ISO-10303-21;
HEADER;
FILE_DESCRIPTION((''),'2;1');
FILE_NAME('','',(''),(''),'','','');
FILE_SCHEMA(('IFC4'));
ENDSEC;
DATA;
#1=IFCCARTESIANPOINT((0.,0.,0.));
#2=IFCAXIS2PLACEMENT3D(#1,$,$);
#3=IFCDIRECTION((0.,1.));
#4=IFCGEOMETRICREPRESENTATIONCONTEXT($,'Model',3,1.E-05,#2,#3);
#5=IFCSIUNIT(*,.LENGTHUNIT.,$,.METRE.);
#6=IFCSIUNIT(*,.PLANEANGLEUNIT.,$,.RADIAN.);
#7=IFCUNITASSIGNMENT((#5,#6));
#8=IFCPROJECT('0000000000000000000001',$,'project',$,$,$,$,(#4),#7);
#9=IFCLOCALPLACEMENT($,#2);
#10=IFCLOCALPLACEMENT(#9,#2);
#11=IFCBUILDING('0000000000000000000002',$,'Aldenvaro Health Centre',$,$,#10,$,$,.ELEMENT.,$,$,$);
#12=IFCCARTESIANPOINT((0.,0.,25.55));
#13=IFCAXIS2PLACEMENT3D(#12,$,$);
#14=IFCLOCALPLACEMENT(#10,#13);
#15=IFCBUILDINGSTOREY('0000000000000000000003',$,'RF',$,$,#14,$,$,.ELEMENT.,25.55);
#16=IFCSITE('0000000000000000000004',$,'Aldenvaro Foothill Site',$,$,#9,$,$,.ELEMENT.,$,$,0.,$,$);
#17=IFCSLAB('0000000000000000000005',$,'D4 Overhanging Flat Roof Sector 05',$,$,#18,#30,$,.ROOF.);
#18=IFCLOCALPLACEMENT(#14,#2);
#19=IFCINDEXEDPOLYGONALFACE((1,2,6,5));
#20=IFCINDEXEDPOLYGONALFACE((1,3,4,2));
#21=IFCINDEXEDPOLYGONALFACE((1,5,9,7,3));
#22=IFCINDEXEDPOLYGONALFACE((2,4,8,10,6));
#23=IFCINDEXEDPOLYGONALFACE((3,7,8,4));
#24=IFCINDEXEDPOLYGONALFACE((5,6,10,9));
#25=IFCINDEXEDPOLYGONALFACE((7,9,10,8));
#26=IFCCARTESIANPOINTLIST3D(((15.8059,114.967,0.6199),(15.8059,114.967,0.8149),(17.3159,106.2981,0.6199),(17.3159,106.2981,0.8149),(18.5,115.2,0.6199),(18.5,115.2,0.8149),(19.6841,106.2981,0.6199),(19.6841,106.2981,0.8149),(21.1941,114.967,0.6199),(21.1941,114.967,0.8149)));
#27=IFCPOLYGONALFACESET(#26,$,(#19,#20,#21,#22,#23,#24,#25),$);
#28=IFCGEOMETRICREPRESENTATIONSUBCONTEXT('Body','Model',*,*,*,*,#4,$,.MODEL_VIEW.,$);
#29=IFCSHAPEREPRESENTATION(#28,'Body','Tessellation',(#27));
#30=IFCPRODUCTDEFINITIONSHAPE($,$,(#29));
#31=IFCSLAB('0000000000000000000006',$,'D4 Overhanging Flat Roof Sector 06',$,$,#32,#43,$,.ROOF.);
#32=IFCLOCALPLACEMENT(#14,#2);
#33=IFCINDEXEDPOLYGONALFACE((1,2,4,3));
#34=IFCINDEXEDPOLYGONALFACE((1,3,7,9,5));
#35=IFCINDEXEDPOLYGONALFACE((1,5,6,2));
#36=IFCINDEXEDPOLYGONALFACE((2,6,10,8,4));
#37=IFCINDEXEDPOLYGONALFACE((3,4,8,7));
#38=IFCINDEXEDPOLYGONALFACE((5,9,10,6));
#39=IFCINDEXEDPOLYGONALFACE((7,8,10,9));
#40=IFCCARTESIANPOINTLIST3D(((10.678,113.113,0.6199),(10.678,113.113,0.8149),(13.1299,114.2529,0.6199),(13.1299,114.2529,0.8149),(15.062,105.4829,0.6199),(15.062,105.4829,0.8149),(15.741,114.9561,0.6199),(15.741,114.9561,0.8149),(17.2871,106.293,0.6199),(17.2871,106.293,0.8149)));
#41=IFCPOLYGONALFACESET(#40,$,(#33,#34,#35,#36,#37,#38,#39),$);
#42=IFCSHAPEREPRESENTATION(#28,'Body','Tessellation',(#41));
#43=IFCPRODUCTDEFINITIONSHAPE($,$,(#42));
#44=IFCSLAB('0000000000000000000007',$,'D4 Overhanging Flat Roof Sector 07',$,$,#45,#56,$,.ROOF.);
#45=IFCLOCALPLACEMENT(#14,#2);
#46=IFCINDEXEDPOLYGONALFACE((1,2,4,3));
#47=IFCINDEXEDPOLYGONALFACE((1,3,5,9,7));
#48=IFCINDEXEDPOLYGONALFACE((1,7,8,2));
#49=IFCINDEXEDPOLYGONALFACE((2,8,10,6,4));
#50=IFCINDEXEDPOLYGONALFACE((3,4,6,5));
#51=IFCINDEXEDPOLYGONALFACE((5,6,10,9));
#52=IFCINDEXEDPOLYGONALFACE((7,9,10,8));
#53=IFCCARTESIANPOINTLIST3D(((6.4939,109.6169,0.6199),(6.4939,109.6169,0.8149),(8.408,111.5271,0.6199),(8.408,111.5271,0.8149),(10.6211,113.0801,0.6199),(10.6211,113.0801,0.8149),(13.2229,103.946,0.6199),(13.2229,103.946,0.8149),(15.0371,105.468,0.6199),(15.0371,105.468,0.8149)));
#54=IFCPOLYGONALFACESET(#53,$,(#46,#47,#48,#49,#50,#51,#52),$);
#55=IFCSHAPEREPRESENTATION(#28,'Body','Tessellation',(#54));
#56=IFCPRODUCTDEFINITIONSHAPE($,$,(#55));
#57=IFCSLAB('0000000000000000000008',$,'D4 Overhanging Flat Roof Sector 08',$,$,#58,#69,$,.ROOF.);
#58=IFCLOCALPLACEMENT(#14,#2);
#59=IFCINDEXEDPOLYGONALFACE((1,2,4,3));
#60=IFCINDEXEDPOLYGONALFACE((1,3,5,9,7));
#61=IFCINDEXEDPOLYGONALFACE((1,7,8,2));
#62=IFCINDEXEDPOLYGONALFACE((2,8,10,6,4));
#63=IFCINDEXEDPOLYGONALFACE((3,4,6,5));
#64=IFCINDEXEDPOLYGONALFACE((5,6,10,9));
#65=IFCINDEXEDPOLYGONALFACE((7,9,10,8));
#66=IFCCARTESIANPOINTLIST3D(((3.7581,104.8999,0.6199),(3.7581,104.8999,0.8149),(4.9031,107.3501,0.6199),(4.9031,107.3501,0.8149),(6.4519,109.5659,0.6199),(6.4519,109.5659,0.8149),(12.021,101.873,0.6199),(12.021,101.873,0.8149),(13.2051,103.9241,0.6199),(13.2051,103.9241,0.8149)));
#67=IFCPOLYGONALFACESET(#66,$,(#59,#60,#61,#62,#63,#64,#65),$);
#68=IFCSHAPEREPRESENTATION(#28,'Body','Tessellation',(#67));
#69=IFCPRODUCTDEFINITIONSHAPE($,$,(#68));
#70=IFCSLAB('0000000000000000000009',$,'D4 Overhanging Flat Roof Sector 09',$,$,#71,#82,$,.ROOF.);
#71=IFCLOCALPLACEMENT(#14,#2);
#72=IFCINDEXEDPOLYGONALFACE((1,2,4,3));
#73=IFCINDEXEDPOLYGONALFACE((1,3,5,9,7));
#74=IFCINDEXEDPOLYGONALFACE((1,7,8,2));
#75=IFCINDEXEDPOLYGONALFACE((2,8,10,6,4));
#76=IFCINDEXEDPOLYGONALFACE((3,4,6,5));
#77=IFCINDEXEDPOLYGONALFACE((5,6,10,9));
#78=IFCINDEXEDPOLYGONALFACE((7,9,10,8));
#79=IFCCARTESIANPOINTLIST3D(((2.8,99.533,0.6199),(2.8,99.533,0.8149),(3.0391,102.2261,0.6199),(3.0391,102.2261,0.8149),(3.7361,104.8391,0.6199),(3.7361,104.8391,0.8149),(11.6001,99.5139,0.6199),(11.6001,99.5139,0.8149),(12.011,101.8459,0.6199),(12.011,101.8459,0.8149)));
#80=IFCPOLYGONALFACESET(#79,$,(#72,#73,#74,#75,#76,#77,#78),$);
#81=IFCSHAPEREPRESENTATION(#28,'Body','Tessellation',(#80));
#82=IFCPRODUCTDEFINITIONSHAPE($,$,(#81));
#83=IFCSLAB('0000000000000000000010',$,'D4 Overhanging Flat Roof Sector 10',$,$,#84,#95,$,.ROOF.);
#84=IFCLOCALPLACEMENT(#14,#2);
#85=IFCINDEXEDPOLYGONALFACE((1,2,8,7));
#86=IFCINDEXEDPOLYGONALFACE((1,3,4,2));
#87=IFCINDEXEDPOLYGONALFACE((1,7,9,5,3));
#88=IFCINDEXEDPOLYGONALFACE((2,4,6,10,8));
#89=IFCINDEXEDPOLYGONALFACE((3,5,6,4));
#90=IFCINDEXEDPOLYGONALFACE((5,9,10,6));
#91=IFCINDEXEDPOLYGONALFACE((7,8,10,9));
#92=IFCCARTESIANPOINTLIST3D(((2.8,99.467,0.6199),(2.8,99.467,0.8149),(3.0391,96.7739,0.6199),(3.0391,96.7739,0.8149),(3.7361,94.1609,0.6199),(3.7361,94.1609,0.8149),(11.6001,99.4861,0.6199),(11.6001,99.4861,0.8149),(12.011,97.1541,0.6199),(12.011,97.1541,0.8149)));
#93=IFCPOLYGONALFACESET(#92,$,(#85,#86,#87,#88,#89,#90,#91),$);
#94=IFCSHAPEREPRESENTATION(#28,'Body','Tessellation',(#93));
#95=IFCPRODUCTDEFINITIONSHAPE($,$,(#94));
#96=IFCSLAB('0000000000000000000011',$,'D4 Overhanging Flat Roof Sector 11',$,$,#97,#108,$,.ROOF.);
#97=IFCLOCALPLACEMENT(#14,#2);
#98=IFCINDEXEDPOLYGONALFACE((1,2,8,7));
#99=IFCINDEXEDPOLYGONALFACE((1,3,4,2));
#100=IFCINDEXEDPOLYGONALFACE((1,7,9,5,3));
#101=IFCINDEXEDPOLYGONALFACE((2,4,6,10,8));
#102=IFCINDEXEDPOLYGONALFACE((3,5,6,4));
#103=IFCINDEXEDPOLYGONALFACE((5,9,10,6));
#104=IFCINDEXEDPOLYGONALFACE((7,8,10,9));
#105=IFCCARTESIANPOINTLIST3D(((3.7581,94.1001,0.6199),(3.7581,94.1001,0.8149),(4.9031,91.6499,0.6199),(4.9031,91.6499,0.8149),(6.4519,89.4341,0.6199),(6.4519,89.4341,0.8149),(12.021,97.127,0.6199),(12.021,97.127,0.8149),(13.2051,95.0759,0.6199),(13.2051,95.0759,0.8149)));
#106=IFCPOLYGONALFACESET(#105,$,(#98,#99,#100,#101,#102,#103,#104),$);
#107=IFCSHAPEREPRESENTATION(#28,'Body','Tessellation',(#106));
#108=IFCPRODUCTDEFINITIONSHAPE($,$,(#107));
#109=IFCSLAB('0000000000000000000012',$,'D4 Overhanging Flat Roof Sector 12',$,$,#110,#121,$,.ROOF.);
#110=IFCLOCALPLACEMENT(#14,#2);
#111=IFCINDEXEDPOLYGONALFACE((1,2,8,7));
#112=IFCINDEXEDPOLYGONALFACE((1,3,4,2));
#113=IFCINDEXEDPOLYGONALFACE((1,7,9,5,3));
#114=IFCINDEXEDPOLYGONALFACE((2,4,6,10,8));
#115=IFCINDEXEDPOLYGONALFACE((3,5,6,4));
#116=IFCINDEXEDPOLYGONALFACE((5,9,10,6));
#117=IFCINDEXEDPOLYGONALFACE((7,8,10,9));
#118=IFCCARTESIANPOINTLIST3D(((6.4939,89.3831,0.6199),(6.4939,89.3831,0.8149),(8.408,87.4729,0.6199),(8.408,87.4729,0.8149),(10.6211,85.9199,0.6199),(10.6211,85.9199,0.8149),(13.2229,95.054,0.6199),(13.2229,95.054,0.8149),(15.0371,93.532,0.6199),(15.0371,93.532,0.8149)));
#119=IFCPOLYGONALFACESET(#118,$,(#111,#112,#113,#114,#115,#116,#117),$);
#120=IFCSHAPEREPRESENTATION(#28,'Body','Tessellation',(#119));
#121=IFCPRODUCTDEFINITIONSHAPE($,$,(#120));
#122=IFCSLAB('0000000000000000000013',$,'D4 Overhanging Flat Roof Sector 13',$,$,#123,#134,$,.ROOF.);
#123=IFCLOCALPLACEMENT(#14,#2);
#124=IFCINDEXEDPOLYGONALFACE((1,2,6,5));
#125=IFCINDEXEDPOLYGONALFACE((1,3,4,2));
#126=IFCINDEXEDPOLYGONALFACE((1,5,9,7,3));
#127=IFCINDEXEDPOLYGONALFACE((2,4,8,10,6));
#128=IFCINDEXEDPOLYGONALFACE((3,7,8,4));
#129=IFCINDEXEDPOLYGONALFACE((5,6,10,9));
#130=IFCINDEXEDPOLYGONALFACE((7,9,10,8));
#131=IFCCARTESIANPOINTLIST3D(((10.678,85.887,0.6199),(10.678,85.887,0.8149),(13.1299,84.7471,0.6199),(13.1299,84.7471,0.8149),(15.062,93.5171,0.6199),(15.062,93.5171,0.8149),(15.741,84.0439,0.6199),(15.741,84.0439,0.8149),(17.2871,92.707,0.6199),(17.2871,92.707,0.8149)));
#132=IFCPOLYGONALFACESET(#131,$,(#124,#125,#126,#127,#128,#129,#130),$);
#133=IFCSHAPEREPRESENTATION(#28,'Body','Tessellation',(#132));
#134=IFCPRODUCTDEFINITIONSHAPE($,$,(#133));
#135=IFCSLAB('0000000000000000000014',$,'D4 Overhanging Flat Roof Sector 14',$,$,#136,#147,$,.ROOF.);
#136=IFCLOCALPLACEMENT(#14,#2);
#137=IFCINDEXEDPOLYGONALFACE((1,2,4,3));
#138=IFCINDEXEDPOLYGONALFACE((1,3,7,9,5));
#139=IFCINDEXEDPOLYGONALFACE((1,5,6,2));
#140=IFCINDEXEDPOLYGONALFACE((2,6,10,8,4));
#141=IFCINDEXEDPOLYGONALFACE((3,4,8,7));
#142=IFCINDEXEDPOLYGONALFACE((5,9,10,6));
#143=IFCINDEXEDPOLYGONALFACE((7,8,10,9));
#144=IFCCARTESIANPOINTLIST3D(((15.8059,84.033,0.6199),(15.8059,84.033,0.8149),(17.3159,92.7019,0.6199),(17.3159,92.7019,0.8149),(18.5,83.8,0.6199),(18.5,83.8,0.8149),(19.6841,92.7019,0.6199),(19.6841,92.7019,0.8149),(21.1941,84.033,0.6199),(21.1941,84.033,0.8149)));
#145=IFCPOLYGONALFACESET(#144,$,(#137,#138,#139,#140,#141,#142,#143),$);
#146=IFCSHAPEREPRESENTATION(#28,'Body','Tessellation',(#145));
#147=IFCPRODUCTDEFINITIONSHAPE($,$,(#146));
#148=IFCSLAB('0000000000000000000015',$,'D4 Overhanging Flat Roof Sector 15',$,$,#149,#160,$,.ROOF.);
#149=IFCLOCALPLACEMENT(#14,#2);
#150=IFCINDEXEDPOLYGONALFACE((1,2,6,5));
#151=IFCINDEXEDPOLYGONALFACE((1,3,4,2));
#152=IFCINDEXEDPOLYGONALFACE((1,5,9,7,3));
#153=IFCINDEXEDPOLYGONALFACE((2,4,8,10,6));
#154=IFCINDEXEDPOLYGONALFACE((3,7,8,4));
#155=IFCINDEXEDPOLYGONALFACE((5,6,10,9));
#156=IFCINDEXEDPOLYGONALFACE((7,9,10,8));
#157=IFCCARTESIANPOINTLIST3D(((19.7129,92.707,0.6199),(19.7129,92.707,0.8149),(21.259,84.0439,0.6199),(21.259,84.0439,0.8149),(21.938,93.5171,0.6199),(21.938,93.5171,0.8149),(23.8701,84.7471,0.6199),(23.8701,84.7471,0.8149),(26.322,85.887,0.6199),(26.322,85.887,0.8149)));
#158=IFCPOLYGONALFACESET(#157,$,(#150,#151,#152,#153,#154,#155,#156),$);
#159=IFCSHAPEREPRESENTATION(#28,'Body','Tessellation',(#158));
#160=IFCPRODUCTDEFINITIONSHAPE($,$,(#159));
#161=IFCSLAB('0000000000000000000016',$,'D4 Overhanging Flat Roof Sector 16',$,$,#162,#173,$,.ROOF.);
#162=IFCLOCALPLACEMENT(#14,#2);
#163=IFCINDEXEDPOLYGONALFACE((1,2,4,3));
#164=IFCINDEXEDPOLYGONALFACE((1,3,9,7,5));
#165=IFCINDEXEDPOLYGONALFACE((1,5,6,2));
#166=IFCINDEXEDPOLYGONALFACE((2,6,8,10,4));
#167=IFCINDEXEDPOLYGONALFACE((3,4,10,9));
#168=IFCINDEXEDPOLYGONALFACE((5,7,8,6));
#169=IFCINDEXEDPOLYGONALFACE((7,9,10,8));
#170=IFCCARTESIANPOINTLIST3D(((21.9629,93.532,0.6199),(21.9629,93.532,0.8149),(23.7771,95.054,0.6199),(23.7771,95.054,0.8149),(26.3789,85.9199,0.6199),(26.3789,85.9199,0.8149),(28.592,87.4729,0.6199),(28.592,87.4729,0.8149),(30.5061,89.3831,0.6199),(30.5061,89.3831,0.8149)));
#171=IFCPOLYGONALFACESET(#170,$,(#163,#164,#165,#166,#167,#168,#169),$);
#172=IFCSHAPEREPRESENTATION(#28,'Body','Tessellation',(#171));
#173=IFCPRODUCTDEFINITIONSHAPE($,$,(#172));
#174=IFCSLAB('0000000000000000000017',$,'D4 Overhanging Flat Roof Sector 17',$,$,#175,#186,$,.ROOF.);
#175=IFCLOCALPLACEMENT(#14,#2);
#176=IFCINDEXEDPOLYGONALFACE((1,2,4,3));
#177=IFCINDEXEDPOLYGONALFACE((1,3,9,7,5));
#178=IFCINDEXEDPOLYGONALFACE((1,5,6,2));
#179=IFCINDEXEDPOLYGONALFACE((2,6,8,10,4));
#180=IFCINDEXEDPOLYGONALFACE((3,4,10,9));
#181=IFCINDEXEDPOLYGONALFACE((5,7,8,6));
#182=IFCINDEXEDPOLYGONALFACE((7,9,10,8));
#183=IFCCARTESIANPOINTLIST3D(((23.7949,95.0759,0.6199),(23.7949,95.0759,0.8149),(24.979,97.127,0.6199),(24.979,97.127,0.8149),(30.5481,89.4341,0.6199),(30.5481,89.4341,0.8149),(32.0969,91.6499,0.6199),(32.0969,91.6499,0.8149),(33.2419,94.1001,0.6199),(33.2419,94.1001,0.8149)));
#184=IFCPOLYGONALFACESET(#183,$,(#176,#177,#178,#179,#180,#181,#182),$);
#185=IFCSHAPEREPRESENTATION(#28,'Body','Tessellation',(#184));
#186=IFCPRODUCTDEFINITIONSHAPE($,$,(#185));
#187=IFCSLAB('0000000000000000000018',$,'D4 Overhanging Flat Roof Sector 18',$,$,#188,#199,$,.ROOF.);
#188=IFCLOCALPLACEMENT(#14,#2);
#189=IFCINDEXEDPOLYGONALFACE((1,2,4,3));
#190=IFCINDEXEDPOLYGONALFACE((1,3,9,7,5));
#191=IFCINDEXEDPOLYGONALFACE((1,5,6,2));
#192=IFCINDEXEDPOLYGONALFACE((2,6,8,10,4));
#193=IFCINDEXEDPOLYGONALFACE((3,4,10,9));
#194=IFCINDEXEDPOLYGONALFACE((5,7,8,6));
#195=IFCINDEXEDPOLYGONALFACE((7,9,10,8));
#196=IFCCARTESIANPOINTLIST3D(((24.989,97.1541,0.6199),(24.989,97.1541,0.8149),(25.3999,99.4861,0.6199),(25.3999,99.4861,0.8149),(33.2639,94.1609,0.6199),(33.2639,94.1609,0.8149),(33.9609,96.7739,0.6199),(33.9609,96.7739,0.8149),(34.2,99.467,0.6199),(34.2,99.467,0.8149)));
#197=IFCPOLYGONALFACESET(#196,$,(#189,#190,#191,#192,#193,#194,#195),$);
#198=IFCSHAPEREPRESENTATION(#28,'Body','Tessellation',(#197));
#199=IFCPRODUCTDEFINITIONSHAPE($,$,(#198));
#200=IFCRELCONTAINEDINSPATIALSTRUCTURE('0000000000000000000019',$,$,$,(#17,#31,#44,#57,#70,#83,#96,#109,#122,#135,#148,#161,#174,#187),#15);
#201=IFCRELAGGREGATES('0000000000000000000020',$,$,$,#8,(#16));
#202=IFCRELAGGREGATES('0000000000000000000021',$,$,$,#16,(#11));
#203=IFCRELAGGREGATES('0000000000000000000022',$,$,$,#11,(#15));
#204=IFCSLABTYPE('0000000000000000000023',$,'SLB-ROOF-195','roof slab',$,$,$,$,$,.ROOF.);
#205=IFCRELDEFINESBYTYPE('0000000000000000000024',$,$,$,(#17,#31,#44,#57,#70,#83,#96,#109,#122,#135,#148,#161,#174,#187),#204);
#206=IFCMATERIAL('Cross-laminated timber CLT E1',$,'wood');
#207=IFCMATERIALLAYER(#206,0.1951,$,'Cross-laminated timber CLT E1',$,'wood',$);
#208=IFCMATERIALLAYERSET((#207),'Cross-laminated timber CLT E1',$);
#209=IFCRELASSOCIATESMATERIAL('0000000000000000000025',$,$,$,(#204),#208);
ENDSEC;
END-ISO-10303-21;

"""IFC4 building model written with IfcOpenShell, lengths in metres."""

from ifc_helpers import new_model, si_unit, direction, frame, origin, place, context, subcontext, project, spatial, polyline, outline, extrude, material, layer, layer_set, type_object, element, save


model = new_model("IFC4")

# Units and contexts
model_context = context("Model", 3, precision=1e-05, world=origin(), true_north=direction((0.0, 1.0)))
body_context = subcontext(model_context, "Body", "Model", "MODEL_VIEW")
ifc_project = project(units=[si_unit("LENGTHUNIT", "METRE"), si_unit("PLANEANGLEUNIT", "RADIAN")], contexts=[model_context])

# Site, building, storey
site_placement = place(None, origin())
site = spatial("IfcSite", under=ifc_project, at=site_placement, Name="Aldenvaro Foothill Site", CompositionType="ELEMENT", RefElevation=0.0)
building_placement = place(site_placement, origin())
building = spatial("IfcBuilding", under=site, at=building_placement, Name="Aldenvaro Health Centre", CompositionType="ELEMENT")
storey_placement = place(building_placement, frame((0.0, 0.0, 25.55)))
storey = spatial("IfcBuildingStorey", under=building, at=storey_placement, Name="RF", CompositionType="ELEMENT", Elevation=25.55)

# Slabs
ifc_material_1 = material(Name="Cross-laminated timber CLT E1", Category="wood")
ifc_layer_1 = layer(ifc_material_1, 0.1951, Name="Cross-laminated timber CLT E1", Category="wood")
ifc_layer_set_1 = layer_set([ifc_layer_1], Name="Cross-laminated timber CLT E1")
slab_type = type_object("IfcSlabType", Name="SLB-ROOF-195", Description="roof slab", PredefinedType="ROOF", material=ifc_layer_set_1)
slab_1_placement = place(storey_placement, frame((0.0, 0.0, 0.6199)))
element("IfcSlab", 1, at=slab_1_placement, inside=storey, type_object=slab_type, Name="D4 Overhanging Flat Roof Sector 05", PredefinedType="ROOF", context=body_context, shape_type="SweptSolid", body=[
    extrude(outline(polyline([(21.1941, 114.967), (18.5, 115.2), (15.8059, 114.967), (17.3159, 106.2981), (19.6841, 106.2981), (21.1941, 114.967)])), origin(), (0.0, 0.0, 1.0), 0.1951),
])
slab_2_placement = place(storey_placement, frame((0.0, 0.0, 0.6199)))
element("IfcSlab", 2, at=slab_2_placement, inside=storey, type_object=slab_type, Name="D4 Overhanging Flat Roof Sector 06", PredefinedType="ROOF", context=body_context, shape_type="SweptSolid", body=[
    extrude(outline(polyline([(15.741, 114.9561), (13.1299, 114.2529), (10.678, 113.113), (15.062, 105.4829), (17.2871, 106.293), (15.741, 114.9561)])), origin(), (0.0, 0.0, 1.0), 0.1951),
])
slab_3_placement = place(storey_placement, frame((0.0, 0.0, 0.6199)))
element("IfcSlab", 3, at=slab_3_placement, inside=storey, type_object=slab_type, Name="D4 Overhanging Flat Roof Sector 07", PredefinedType="ROOF", context=body_context, shape_type="SweptSolid", body=[
    extrude(outline(polyline([(10.6211, 113.0801), (8.408, 111.5271), (6.4939, 109.6169), (13.2229, 103.946), (15.0371, 105.468), (10.6211, 113.0801)])), origin(), (0.0, 0.0, 1.0), 0.1951),
])
slab_4_placement = place(storey_placement, frame((0.0, 0.0, 0.6199)))
element("IfcSlab", 4, at=slab_4_placement, inside=storey, type_object=slab_type, Name="D4 Overhanging Flat Roof Sector 08", PredefinedType="ROOF", context=body_context, shape_type="SweptSolid", body=[
    extrude(outline(polyline([(6.4519, 109.5659), (4.9031, 107.3501), (3.7581, 104.8999), (12.021, 101.873), (13.2051, 103.9241), (6.4519, 109.5659)])), origin(), (0.0, 0.0, 1.0), 0.1951),
])
slab_5_placement = place(storey_placement, frame((0.0, 0.0, 0.6199)))
element("IfcSlab", 5, at=slab_5_placement, inside=storey, type_object=slab_type, Name="D4 Overhanging Flat Roof Sector 09", PredefinedType="ROOF", context=body_context, shape_type="SweptSolid", body=[
    extrude(outline(polyline([(3.7361, 104.8391), (3.0391, 102.2261), (2.8, 99.533), (11.6001, 99.5139), (12.011, 101.8459), (3.7361, 104.8391)])), origin(), (0.0, 0.0, 1.0), 0.1951),
])
slab_6_placement = place(storey_placement, frame((0.0, 0.0, 0.6199)))
element("IfcSlab", 6, at=slab_6_placement, inside=storey, type_object=slab_type, Name="D4 Overhanging Flat Roof Sector 10", PredefinedType="ROOF", context=body_context, shape_type="SweptSolid", body=[
    extrude(outline(polyline([(2.8, 99.467), (3.0391, 96.7739), (3.7361, 94.1609), (12.011, 97.1541), (11.6001, 99.4861), (2.8, 99.467)])), origin(), (0.0, 0.0, 1.0), 0.1951),
])
slab_7_placement = place(storey_placement, frame((0.0, 0.0, 0.6199)))
element("IfcSlab", 7, at=slab_7_placement, inside=storey, type_object=slab_type, Name="D4 Overhanging Flat Roof Sector 11", PredefinedType="ROOF", context=body_context, shape_type="SweptSolid", body=[
    extrude(outline(polyline([(3.7581, 94.1001), (4.9031, 91.6499), (6.4519, 89.4341), (13.2051, 95.0759), (12.021, 97.127), (3.7581, 94.1001)])), origin(), (0.0, 0.0, 1.0), 0.1951),
])
slab_8_placement = place(storey_placement, frame((0.0, 0.0, 0.6199)))
element("IfcSlab", 8, at=slab_8_placement, inside=storey, type_object=slab_type, Name="D4 Overhanging Flat Roof Sector 12", PredefinedType="ROOF", context=body_context, shape_type="SweptSolid", body=[
    extrude(outline(polyline([(6.4939, 89.3831), (8.408, 87.4729), (10.6211, 85.9199), (15.0371, 93.532), (13.2229, 95.054), (6.4939, 89.3831)])), origin(), (0.0, 0.0, 1.0), 0.1951),
])
slab_9_placement = place(storey_placement, frame((0.0, 0.0, 0.6199)))
element("IfcSlab", 9, at=slab_9_placement, inside=storey, type_object=slab_type, Name="D4 Overhanging Flat Roof Sector 13", PredefinedType="ROOF", context=body_context, shape_type="SweptSolid", body=[
    extrude(outline(polyline([(10.678, 85.887), (13.1299, 84.7471), (15.741, 84.0439), (17.2871, 92.707), (15.062, 93.5171), (10.678, 85.887)])), origin(), (0.0, 0.0, 1.0), 0.1951),
])
slab_10_placement = place(storey_placement, frame((0.0, 0.0, 0.6199)))
element("IfcSlab", 10, at=slab_10_placement, inside=storey, type_object=slab_type, Name="D4 Overhanging Flat Roof Sector 14", PredefinedType="ROOF", context=body_context, shape_type="SweptSolid", body=[
    extrude(outline(polyline([(15.8059, 84.033), (18.5, 83.8), (21.1941, 84.033), (19.6841, 92.7019), (17.3159, 92.7019), (15.8059, 84.033)])), origin(), (0.0, 0.0, 1.0), 0.1951),
])
slab_11_placement = place(storey_placement, frame((0.0, 0.0, 0.6199)))
element("IfcSlab", 11, at=slab_11_placement, inside=storey, type_object=slab_type, Name="D4 Overhanging Flat Roof Sector 15", PredefinedType="ROOF", context=body_context, shape_type="SweptSolid", body=[
    extrude(outline(polyline([(21.259, 84.0439), (23.8701, 84.7471), (26.322, 85.887), (21.938, 93.5171), (19.7129, 92.707), (21.259, 84.0439)])), origin(), (0.0, 0.0, 1.0), 0.1951),
])
slab_12_placement = place(storey_placement, frame((0.0, 0.0, 0.6199)))
element("IfcSlab", 12, at=slab_12_placement, inside=storey, type_object=slab_type, Name="D4 Overhanging Flat Roof Sector 16", PredefinedType="ROOF", context=body_context, shape_type="SweptSolid", body=[
    extrude(outline(polyline([(26.3789, 85.9199), (28.592, 87.4729), (30.5061, 89.3831), (23.7771, 95.054), (21.9629, 93.532), (26.3789, 85.9199)])), origin(), (0.0, 0.0, 1.0), 0.1951),
])
slab_13_placement = place(storey_placement, frame((0.0, 0.0, 0.6199)))
element("IfcSlab", 13, at=slab_13_placement, inside=storey, type_object=slab_type, Name="D4 Overhanging Flat Roof Sector 17", PredefinedType="ROOF", context=body_context, shape_type="SweptSolid", body=[
    extrude(outline(polyline([(30.5481, 89.4341), (32.0969, 91.6499), (33.2419, 94.1001), (24.979, 97.127), (23.7949, 95.0759), (30.5481, 89.4341)])), origin(), (0.0, 0.0, 1.0), 0.1951),
])
slab_14_placement = place(storey_placement, frame((0.0, 0.0, 0.6199)))
element("IfcSlab", 14, at=slab_14_placement, inside=storey, type_object=slab_type, Name="D4 Overhanging Flat Roof Sector 18", PredefinedType="ROOF", context=body_context, shape_type="SweptSolid", body=[
    extrude(outline(polyline([(33.2639, 94.1609), (33.9609, 96.7739), (34.2, 99.467), (25.3999, 99.4861), (24.989, 97.1541), (33.2639, 94.1609)])), origin(), (0.0, 0.0, 1.0), 0.1951),
])

save(model, "model.ifc")
